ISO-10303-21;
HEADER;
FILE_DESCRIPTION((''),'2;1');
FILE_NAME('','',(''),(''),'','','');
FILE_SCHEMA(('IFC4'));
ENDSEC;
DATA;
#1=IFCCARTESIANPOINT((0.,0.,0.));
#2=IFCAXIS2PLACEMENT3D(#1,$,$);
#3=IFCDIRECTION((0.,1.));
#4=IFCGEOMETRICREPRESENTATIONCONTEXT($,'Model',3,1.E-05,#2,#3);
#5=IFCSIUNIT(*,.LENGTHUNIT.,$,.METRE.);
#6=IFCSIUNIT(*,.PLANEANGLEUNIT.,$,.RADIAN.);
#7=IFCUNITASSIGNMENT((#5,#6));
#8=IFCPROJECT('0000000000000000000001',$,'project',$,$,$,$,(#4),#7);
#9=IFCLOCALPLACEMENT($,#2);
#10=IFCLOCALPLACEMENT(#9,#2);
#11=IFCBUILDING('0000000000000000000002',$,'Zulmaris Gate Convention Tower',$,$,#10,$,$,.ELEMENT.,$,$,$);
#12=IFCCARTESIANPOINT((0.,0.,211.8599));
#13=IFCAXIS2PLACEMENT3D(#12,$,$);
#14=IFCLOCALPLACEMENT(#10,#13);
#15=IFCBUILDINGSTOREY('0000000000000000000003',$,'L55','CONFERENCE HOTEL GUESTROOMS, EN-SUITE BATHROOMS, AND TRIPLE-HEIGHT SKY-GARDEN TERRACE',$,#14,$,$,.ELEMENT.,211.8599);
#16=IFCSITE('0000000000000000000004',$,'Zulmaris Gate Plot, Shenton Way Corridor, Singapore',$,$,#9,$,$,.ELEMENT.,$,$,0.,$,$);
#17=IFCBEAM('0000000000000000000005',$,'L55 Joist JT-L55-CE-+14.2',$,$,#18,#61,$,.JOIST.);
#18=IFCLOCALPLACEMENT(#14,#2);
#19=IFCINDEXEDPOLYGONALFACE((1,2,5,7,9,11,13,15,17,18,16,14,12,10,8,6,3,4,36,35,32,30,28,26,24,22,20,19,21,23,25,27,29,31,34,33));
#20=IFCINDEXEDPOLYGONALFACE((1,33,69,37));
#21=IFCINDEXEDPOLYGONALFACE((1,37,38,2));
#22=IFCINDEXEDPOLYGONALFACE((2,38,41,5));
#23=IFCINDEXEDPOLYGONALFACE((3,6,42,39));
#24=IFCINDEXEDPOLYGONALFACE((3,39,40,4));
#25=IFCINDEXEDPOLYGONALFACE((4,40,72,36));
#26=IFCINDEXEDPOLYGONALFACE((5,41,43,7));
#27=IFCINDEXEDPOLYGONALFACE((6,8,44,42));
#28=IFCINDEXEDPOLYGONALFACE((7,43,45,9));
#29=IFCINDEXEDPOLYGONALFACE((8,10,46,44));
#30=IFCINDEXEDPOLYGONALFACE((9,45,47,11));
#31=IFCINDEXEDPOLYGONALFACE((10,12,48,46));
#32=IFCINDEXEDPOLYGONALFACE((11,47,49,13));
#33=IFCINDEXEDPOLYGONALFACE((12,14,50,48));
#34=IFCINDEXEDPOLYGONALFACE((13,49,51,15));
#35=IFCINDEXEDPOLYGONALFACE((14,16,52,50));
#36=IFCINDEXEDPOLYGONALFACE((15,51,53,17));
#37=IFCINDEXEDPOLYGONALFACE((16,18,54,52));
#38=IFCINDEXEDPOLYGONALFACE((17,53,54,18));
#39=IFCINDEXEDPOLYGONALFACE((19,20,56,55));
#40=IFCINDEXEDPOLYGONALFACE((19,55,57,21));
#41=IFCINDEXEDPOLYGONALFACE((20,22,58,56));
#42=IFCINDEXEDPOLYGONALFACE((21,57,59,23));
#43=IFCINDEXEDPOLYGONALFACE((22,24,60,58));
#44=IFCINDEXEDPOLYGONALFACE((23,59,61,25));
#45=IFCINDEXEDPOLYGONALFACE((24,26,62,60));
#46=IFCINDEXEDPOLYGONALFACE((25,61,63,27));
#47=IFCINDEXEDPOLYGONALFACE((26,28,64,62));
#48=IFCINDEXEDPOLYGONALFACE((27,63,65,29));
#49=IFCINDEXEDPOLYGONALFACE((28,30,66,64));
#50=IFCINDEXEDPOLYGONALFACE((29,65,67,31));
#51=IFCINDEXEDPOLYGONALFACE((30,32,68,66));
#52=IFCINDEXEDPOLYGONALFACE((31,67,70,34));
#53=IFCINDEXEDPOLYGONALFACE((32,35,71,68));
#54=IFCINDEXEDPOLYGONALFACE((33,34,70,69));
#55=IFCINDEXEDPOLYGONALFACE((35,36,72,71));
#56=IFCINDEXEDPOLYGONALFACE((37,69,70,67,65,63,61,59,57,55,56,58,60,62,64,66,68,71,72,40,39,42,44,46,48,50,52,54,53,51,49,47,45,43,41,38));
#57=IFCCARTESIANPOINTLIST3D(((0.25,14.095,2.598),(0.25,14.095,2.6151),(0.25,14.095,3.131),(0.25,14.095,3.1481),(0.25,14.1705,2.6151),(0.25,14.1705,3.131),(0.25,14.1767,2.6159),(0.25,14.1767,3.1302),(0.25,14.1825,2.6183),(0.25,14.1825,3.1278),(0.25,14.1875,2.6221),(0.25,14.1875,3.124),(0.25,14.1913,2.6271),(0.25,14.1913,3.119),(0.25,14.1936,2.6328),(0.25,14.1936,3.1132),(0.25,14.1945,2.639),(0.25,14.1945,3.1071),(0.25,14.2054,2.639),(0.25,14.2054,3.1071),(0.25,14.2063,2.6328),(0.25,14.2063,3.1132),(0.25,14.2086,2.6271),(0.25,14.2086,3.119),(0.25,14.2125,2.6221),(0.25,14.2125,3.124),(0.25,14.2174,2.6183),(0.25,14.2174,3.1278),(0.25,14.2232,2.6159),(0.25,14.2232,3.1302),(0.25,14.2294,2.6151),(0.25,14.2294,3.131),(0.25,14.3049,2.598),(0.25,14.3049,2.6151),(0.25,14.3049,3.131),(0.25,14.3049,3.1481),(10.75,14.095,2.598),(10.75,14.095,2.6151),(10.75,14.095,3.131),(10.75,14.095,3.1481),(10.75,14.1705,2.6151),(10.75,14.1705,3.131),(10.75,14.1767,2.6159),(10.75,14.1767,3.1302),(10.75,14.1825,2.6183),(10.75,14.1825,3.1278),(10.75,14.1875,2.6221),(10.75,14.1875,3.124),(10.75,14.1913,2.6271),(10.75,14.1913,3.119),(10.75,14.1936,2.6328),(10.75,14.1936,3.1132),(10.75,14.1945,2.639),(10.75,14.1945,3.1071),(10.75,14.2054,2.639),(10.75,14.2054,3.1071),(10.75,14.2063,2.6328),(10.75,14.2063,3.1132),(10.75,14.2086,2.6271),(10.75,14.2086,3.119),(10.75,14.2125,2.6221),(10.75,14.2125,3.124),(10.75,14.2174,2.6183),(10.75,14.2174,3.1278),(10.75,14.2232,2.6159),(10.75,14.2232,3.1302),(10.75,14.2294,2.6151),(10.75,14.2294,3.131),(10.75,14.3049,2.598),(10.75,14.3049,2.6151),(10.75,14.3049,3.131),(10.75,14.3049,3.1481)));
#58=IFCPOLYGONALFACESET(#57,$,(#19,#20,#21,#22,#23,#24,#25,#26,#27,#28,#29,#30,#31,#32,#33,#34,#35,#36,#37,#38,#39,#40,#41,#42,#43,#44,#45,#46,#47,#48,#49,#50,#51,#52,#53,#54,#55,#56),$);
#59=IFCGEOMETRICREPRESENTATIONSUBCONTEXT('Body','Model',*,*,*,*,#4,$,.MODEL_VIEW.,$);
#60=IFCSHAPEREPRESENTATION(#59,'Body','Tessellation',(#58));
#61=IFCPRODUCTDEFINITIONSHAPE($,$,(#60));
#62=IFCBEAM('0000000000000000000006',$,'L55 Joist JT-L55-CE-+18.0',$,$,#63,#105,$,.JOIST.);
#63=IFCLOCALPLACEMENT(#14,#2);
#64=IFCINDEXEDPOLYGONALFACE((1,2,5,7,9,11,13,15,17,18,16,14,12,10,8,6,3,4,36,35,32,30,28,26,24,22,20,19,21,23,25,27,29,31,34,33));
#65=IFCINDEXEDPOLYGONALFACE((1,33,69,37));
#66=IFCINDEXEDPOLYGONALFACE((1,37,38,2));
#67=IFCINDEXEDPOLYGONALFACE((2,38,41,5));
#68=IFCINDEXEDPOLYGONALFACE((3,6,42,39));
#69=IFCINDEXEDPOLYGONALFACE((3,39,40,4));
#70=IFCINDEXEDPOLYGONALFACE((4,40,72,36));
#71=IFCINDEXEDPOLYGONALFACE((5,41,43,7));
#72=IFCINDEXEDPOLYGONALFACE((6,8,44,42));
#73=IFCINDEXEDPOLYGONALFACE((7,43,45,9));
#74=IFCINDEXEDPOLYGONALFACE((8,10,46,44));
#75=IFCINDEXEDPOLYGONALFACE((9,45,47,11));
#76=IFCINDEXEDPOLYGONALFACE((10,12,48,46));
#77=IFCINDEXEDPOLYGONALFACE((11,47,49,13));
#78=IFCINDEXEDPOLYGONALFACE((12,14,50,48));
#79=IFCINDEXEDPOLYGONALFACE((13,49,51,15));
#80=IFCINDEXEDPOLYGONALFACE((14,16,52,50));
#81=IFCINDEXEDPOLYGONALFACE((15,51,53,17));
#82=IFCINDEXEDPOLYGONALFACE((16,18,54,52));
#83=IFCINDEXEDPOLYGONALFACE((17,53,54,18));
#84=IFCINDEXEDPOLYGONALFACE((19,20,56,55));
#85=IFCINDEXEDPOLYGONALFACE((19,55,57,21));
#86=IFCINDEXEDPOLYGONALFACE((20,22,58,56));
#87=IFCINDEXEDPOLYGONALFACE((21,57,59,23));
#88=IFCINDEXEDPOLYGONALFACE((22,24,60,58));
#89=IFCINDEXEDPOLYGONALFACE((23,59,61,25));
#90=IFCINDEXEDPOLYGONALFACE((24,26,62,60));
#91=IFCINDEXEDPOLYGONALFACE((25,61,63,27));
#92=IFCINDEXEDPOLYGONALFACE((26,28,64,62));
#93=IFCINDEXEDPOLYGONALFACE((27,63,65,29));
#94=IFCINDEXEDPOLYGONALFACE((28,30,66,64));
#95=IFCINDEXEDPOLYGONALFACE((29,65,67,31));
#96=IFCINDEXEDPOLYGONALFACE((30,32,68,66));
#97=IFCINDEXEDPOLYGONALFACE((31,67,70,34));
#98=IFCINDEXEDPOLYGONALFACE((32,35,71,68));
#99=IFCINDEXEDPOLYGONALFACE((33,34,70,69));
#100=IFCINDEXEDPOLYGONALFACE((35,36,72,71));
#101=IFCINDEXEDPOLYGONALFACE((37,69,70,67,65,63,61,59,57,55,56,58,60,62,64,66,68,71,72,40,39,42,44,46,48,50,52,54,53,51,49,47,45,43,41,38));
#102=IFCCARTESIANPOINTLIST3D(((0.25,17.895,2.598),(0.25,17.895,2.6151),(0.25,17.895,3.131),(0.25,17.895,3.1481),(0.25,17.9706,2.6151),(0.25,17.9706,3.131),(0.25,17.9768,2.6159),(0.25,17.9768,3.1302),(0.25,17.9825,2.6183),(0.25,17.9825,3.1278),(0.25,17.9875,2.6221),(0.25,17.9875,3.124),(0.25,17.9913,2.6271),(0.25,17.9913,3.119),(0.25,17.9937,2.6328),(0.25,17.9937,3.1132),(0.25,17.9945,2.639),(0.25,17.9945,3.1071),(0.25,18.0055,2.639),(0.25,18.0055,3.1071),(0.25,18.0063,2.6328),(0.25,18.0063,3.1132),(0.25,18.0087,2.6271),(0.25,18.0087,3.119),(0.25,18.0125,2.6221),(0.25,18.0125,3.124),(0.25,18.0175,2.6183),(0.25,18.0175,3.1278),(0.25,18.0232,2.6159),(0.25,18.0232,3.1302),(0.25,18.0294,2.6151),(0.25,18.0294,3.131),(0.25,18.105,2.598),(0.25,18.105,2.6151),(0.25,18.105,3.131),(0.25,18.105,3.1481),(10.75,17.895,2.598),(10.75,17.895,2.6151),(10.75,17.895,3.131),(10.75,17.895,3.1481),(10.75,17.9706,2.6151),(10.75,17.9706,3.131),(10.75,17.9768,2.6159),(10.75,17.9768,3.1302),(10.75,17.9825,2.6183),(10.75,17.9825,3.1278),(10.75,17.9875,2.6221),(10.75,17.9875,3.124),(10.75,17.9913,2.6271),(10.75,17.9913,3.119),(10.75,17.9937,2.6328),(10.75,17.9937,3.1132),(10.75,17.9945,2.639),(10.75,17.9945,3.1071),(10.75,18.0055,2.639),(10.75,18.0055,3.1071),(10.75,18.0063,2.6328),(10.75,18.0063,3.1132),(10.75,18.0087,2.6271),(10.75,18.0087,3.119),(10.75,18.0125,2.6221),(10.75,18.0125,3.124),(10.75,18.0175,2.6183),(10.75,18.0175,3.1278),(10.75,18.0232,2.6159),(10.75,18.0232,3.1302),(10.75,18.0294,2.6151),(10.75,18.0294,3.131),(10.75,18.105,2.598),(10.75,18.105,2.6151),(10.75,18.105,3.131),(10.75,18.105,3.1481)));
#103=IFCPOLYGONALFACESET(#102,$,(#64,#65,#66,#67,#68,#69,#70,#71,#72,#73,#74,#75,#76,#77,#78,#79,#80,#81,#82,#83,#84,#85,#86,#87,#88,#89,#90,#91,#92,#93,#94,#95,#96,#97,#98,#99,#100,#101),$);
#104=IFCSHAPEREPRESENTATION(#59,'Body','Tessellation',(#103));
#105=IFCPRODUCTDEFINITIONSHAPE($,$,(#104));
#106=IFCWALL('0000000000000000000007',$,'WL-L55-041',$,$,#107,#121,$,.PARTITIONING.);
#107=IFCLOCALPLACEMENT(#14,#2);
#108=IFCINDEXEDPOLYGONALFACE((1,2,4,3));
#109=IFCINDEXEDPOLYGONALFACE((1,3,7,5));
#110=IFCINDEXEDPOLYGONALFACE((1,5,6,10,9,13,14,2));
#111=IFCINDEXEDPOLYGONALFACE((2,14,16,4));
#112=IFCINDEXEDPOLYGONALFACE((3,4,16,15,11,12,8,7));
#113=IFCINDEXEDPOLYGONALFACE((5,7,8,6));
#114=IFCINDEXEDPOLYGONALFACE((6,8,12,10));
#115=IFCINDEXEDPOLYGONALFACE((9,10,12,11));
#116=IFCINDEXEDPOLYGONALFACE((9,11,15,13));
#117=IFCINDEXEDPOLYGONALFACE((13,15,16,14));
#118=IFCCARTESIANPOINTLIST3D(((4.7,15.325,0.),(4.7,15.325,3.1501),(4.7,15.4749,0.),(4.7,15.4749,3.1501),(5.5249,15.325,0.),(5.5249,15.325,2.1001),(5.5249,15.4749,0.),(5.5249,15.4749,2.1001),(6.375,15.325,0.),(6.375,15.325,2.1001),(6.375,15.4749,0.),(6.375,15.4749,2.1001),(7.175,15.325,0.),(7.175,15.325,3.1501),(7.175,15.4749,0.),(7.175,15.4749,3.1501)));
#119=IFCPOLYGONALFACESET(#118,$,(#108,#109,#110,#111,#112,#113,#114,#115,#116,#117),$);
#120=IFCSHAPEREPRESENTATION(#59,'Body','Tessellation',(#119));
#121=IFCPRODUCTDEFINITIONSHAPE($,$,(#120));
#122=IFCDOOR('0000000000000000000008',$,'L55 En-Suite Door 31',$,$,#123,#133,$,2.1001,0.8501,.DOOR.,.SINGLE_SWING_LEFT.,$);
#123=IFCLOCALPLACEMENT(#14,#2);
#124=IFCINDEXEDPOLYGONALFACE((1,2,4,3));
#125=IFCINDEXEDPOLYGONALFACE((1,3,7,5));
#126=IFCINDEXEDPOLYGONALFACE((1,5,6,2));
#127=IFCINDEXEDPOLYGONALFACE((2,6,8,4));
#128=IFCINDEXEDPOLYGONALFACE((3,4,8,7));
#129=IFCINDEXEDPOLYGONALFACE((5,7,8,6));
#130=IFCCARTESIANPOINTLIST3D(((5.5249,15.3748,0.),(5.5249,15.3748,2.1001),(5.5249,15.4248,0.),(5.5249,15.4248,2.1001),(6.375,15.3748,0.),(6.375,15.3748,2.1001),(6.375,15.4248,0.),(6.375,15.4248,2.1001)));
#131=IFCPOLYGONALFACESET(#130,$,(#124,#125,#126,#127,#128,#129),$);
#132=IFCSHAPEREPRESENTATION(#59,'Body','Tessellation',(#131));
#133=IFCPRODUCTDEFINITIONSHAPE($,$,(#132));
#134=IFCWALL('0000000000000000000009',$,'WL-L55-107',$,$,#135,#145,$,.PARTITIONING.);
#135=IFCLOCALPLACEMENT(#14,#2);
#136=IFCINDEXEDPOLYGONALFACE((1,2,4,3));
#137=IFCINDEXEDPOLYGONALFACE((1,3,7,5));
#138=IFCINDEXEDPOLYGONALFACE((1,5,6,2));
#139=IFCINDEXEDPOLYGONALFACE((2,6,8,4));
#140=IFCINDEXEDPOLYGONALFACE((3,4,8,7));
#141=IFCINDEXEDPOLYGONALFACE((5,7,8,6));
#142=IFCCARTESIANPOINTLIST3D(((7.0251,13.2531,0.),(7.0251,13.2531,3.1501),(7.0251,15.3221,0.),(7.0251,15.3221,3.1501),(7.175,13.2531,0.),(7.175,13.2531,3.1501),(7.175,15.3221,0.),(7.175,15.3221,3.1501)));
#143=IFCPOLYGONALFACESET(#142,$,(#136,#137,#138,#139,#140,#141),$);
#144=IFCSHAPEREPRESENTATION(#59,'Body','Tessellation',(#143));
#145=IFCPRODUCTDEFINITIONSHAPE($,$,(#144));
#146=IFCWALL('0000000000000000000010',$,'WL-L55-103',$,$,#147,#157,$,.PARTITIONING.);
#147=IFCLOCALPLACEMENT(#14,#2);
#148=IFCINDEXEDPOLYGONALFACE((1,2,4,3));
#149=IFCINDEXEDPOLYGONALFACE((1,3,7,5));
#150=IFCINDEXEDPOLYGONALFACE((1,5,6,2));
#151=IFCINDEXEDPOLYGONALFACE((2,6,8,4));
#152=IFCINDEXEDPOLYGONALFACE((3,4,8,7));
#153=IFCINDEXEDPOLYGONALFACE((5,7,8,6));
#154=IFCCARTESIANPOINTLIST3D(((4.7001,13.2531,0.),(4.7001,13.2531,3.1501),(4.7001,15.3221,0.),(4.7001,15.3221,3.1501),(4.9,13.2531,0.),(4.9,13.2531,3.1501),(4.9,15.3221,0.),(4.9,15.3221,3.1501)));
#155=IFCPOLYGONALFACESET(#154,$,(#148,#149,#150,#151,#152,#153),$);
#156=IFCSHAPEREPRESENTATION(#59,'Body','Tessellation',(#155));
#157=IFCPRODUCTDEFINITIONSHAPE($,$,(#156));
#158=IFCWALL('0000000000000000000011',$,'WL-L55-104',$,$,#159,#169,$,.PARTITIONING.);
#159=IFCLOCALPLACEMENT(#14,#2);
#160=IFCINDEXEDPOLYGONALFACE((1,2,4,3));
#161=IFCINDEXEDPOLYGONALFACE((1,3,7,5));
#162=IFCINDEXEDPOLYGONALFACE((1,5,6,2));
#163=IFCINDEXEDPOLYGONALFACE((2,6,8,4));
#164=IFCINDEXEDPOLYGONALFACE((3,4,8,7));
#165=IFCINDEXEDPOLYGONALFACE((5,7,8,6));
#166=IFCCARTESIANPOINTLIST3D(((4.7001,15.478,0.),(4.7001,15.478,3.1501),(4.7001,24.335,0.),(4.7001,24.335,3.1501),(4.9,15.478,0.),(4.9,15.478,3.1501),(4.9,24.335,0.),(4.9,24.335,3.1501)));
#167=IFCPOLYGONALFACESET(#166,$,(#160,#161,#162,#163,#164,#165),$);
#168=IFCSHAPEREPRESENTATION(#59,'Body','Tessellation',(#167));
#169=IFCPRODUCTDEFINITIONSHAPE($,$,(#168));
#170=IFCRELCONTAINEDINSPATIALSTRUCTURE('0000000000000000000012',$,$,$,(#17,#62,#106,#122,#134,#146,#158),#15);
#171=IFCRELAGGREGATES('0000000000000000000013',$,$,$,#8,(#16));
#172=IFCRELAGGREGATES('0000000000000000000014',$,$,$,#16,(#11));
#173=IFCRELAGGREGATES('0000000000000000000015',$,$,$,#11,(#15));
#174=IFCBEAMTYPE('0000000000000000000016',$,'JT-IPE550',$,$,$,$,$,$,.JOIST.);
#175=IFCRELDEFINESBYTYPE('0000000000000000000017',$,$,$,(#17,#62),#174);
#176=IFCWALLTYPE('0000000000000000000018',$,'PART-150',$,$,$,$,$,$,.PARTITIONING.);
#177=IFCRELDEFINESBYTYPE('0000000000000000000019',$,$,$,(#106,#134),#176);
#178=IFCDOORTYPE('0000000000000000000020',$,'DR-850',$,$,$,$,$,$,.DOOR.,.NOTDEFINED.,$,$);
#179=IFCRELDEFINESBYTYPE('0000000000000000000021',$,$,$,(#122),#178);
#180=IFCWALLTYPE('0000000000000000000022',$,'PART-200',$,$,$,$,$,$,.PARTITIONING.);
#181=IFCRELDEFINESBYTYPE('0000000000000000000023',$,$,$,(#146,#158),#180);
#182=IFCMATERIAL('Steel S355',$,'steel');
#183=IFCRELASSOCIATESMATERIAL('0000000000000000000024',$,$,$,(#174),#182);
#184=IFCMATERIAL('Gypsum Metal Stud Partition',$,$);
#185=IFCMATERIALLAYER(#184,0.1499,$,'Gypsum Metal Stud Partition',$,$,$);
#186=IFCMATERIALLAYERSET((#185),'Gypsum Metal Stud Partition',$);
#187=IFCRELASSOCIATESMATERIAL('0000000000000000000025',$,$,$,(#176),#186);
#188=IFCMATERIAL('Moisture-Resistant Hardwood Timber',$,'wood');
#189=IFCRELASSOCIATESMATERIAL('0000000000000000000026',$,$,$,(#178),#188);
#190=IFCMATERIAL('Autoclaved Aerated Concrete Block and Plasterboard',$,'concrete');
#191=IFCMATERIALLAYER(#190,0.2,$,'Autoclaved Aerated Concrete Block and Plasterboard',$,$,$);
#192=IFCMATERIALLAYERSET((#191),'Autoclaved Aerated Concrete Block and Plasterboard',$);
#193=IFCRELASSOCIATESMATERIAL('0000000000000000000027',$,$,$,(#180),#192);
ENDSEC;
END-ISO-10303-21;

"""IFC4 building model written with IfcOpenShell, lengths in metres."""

from ifc_helpers import new_model, si_unit, direction, frame, frame_2d, origin, origin_2d, place, context, subcontext, project, spatial, rectangle, i_section, extrude, material, layer, layer_set, material_profile, profile_set, type_object, element, fill, save


model = new_model("IFC4")

# Units and contexts
model_context = context("Model", 3, precision=1e-05, world=origin(), true_north=direction((0.0, 1.0)))
body_context = subcontext(model_context, "Body", "Model", "MODEL_VIEW")
ifc_project = project(units=[si_unit("LENGTHUNIT", "METRE"), si_unit("PLANEANGLEUNIT", "RADIAN")], contexts=[model_context])

# Site, building, storey
site_placement = place(None, origin())
site = spatial("IfcSite", under=ifc_project, at=site_placement, Name="Zulmaris Gate Plot, Shenton Way Corridor, Singapore", CompositionType="ELEMENT", RefElevation=0.0)
building_placement = place(site_placement, origin())
building = spatial("IfcBuilding", under=site, at=building_placement, Name="Zulmaris Gate Convention Tower", CompositionType="ELEMENT")
storey_placement = place(building_placement, frame((0.0, 0.0, 211.8599)))
storey = spatial("IfcBuildingStorey", under=building, at=storey_placement, Name="L55", Description="CONFERENCE HOTEL GUESTROOMS, EN-SUITE BATHROOMS, AND TRIPLE-HEIGHT SKY-GARDEN TERRACE", CompositionType="ELEMENT", Elevation=211.8599)

# Beams
ifc_material_1 = material(Name="Steel S355", Category="steel")
ifc_material_profile_1 = material_profile(ifc_material_1, i_section(OverallWidth=0.21, OverallDepth=0.55, WebThickness=0.011, FlangeThickness=0.0171, FilletRadius=0.0239, at=origin_2d()), Name="IPE 550")
ifc_profile_set_1 = profile_set([ifc_material_profile_1], Name="Steel S355")
beam_type_1 = type_object("IfcBeamType", Name="JT-IPE550", PredefinedType="JOIST", material=ifc_profile_set_1)
for number, where, z_axis, x_axis, name in (
    (1, (0.25, 14.2, 2.873), (1.0, 0.0, 0.0), (0.0, 1.0, 0.0), "L55 Joist JT-L55-CE-+14.2"),
    (2, (0.25, 18.0, 2.873), (1.0, 0.0, 0.0), (0.0, 1.0, 0.0), "L55 Joist JT-L55-CE-+18.0"),
):
    element("IfcBeam", number, at=place(storey_placement, frame(where, z_axis=z_axis, x_axis=x_axis)), inside=storey, type_object=beam_type_1, Name=name, PredefinedType="JOIST", context=body_context, shape_type="SweptSolid", body=[
        extrude(i_section(OverallWidth=0.21, OverallDepth=0.55, WebThickness=0.011, FlangeThickness=0.0171, FilletRadius=0.0239, at=origin_2d()), origin(), (0.0, 0.0, 1.0), 10.5),
    ])

# Wall, opening, door
ifc_material_2 = material(Name="Gypsum Metal Stud Partition")
ifc_layer_1 = layer(ifc_material_2, 0.1499, Name="Gypsum Metal Stud Partition")
ifc_layer_set_1 = layer_set([ifc_layer_1], Name="Gypsum Metal Stud Partition")
wall_type_1 = type_object("IfcWallType", Name="PART-150", PredefinedType="PARTITIONING", material=ifc_layer_set_1)
wall_1_placement = place(storey_placement, frame((4.7, 15.3999, 0.0), z_axis=(0.0, 0.0, 1.0), x_axis=(1.0, 0.0, 0.0)))
wall_1 = element("IfcWall", 3, at=wall_1_placement, inside=storey, type_object=wall_type_1, Name="WL-L55-041", PredefinedType="PARTITIONING", context=body_context, shape_type="SweptSolid", body=[
    extrude(rectangle(XDim=2.4751, YDim=0.1499, at=frame_2d((1.2375, 0.0))), origin(), (0.0, 0.0, 1.0), 3.1501),
])
opening_1_placement = place(wall_1_placement, frame((0.825, 0.0, 0.0)))
opening_1 = element("IfcOpeningElement", 4, at=opening_1_placement, cuts=wall_1, PredefinedType="OPENING", context=body_context, shape_type="SweptSolid", body=[
    extrude(rectangle(XDim=0.8501, YDim=2.1001, at=frame_2d((0.425, 1.05))), frame((0.0, 0.085, 0.0), z_axis=(0.0, -1.0, 0.0), x_axis=(1.0, 0.0, 0.0)), (0.0, 0.0, 1.0), 0.1699),
])
ifc_material_3 = material(Name="Moisture-Resistant Hardwood Timber", Category="wood")
door_type_1 = type_object("IfcDoorType", Name="DR-850", OperationType="NOTDEFINED", PredefinedType="DOOR", material=ifc_material_3)
door_1_placement = place(opening_1_placement, origin())
door_1 = element("IfcDoor", 5, at=door_1_placement, inside=storey, type_object=door_type_1, Name="L55 En-Suite Door 31", OperationType="SINGLE_SWING_LEFT", OverallHeight=2.1001, OverallWidth=0.8501, PredefinedType="DOOR", context=body_context, shape_type="SweptSolid", body=[
    extrude(rectangle(XDim=0.8501, YDim=2.1001, at=frame_2d((0.425, 1.05))), frame((0.0, 0.0249, 0.0), z_axis=(0.0, -1.0, 0.0), x_axis=(1.0, 0.0, 0.0)), (0.0, 0.0, 1.0), 0.05),
])
fill(opening_1, door_1)

# Walls
wall_2_placement = place(storey_placement, frame((7.1001, 13.2529, 0.0), z_axis=(0.0, 0.0, 1.0), x_axis=(0.0, 1.0, 0.0)))
element("IfcWall", 6, at=wall_2_placement, inside=storey, type_object=wall_type_1, Name="WL-L55-107", PredefinedType="PARTITIONING", context=body_context, shape_type="SweptSolid", body=[
    extrude(rectangle(XDim=2.0691, YDim=0.1499, at=frame_2d((1.0347, 0.0))), origin(), (0.0, 0.0, 1.0), 3.1501),
])
ifc_material_4 = material(Name="Autoclaved Aerated Concrete Block and Plasterboard", Category="concrete")
ifc_layer_2 = layer(ifc_material_4, 0.2, Name="Autoclaved Aerated Concrete Block and Plasterboard")
ifc_layer_set_2 = layer_set([ifc_layer_2], Name="Autoclaved Aerated Concrete Block and Plasterboard")
wall_type_2 = type_object("IfcWallType", Name="PART-200", PredefinedType="PARTITIONING", material=ifc_layer_set_2)
wall_3_placement = place(storey_placement, frame((4.8, 13.2529, 0.0), z_axis=(0.0, 0.0, 1.0), x_axis=(0.0, 1.0, 0.0)))
element("IfcWall", 7, at=wall_3_placement, inside=storey, type_object=wall_type_2, Name="WL-L55-103", PredefinedType="PARTITIONING", context=body_context, shape_type="SweptSolid", body=[
    extrude(rectangle(XDim=2.0691, YDim=0.2, at=frame_2d((1.0347, 0.0))), origin(), (0.0, 0.0, 1.0), 3.1501),
])
wall_4_placement = place(storey_placement, frame((4.8, 15.478, 0.0), z_axis=(0.0, 0.0, 1.0), x_axis=(0.0, 1.0, 0.0)))
element("IfcWall", 8, at=wall_4_placement, inside=storey, type_object=wall_type_2, Name="WL-L55-104", PredefinedType="PARTITIONING", context=body_context, shape_type="SweptSolid", body=[
    extrude(rectangle(XDim=8.8569, YDim=0.2, at=frame_2d((4.4285, 0.0))), origin(), (0.0, 0.0, 1.0), 3.1501),
])

save(model, "model.ifc")
